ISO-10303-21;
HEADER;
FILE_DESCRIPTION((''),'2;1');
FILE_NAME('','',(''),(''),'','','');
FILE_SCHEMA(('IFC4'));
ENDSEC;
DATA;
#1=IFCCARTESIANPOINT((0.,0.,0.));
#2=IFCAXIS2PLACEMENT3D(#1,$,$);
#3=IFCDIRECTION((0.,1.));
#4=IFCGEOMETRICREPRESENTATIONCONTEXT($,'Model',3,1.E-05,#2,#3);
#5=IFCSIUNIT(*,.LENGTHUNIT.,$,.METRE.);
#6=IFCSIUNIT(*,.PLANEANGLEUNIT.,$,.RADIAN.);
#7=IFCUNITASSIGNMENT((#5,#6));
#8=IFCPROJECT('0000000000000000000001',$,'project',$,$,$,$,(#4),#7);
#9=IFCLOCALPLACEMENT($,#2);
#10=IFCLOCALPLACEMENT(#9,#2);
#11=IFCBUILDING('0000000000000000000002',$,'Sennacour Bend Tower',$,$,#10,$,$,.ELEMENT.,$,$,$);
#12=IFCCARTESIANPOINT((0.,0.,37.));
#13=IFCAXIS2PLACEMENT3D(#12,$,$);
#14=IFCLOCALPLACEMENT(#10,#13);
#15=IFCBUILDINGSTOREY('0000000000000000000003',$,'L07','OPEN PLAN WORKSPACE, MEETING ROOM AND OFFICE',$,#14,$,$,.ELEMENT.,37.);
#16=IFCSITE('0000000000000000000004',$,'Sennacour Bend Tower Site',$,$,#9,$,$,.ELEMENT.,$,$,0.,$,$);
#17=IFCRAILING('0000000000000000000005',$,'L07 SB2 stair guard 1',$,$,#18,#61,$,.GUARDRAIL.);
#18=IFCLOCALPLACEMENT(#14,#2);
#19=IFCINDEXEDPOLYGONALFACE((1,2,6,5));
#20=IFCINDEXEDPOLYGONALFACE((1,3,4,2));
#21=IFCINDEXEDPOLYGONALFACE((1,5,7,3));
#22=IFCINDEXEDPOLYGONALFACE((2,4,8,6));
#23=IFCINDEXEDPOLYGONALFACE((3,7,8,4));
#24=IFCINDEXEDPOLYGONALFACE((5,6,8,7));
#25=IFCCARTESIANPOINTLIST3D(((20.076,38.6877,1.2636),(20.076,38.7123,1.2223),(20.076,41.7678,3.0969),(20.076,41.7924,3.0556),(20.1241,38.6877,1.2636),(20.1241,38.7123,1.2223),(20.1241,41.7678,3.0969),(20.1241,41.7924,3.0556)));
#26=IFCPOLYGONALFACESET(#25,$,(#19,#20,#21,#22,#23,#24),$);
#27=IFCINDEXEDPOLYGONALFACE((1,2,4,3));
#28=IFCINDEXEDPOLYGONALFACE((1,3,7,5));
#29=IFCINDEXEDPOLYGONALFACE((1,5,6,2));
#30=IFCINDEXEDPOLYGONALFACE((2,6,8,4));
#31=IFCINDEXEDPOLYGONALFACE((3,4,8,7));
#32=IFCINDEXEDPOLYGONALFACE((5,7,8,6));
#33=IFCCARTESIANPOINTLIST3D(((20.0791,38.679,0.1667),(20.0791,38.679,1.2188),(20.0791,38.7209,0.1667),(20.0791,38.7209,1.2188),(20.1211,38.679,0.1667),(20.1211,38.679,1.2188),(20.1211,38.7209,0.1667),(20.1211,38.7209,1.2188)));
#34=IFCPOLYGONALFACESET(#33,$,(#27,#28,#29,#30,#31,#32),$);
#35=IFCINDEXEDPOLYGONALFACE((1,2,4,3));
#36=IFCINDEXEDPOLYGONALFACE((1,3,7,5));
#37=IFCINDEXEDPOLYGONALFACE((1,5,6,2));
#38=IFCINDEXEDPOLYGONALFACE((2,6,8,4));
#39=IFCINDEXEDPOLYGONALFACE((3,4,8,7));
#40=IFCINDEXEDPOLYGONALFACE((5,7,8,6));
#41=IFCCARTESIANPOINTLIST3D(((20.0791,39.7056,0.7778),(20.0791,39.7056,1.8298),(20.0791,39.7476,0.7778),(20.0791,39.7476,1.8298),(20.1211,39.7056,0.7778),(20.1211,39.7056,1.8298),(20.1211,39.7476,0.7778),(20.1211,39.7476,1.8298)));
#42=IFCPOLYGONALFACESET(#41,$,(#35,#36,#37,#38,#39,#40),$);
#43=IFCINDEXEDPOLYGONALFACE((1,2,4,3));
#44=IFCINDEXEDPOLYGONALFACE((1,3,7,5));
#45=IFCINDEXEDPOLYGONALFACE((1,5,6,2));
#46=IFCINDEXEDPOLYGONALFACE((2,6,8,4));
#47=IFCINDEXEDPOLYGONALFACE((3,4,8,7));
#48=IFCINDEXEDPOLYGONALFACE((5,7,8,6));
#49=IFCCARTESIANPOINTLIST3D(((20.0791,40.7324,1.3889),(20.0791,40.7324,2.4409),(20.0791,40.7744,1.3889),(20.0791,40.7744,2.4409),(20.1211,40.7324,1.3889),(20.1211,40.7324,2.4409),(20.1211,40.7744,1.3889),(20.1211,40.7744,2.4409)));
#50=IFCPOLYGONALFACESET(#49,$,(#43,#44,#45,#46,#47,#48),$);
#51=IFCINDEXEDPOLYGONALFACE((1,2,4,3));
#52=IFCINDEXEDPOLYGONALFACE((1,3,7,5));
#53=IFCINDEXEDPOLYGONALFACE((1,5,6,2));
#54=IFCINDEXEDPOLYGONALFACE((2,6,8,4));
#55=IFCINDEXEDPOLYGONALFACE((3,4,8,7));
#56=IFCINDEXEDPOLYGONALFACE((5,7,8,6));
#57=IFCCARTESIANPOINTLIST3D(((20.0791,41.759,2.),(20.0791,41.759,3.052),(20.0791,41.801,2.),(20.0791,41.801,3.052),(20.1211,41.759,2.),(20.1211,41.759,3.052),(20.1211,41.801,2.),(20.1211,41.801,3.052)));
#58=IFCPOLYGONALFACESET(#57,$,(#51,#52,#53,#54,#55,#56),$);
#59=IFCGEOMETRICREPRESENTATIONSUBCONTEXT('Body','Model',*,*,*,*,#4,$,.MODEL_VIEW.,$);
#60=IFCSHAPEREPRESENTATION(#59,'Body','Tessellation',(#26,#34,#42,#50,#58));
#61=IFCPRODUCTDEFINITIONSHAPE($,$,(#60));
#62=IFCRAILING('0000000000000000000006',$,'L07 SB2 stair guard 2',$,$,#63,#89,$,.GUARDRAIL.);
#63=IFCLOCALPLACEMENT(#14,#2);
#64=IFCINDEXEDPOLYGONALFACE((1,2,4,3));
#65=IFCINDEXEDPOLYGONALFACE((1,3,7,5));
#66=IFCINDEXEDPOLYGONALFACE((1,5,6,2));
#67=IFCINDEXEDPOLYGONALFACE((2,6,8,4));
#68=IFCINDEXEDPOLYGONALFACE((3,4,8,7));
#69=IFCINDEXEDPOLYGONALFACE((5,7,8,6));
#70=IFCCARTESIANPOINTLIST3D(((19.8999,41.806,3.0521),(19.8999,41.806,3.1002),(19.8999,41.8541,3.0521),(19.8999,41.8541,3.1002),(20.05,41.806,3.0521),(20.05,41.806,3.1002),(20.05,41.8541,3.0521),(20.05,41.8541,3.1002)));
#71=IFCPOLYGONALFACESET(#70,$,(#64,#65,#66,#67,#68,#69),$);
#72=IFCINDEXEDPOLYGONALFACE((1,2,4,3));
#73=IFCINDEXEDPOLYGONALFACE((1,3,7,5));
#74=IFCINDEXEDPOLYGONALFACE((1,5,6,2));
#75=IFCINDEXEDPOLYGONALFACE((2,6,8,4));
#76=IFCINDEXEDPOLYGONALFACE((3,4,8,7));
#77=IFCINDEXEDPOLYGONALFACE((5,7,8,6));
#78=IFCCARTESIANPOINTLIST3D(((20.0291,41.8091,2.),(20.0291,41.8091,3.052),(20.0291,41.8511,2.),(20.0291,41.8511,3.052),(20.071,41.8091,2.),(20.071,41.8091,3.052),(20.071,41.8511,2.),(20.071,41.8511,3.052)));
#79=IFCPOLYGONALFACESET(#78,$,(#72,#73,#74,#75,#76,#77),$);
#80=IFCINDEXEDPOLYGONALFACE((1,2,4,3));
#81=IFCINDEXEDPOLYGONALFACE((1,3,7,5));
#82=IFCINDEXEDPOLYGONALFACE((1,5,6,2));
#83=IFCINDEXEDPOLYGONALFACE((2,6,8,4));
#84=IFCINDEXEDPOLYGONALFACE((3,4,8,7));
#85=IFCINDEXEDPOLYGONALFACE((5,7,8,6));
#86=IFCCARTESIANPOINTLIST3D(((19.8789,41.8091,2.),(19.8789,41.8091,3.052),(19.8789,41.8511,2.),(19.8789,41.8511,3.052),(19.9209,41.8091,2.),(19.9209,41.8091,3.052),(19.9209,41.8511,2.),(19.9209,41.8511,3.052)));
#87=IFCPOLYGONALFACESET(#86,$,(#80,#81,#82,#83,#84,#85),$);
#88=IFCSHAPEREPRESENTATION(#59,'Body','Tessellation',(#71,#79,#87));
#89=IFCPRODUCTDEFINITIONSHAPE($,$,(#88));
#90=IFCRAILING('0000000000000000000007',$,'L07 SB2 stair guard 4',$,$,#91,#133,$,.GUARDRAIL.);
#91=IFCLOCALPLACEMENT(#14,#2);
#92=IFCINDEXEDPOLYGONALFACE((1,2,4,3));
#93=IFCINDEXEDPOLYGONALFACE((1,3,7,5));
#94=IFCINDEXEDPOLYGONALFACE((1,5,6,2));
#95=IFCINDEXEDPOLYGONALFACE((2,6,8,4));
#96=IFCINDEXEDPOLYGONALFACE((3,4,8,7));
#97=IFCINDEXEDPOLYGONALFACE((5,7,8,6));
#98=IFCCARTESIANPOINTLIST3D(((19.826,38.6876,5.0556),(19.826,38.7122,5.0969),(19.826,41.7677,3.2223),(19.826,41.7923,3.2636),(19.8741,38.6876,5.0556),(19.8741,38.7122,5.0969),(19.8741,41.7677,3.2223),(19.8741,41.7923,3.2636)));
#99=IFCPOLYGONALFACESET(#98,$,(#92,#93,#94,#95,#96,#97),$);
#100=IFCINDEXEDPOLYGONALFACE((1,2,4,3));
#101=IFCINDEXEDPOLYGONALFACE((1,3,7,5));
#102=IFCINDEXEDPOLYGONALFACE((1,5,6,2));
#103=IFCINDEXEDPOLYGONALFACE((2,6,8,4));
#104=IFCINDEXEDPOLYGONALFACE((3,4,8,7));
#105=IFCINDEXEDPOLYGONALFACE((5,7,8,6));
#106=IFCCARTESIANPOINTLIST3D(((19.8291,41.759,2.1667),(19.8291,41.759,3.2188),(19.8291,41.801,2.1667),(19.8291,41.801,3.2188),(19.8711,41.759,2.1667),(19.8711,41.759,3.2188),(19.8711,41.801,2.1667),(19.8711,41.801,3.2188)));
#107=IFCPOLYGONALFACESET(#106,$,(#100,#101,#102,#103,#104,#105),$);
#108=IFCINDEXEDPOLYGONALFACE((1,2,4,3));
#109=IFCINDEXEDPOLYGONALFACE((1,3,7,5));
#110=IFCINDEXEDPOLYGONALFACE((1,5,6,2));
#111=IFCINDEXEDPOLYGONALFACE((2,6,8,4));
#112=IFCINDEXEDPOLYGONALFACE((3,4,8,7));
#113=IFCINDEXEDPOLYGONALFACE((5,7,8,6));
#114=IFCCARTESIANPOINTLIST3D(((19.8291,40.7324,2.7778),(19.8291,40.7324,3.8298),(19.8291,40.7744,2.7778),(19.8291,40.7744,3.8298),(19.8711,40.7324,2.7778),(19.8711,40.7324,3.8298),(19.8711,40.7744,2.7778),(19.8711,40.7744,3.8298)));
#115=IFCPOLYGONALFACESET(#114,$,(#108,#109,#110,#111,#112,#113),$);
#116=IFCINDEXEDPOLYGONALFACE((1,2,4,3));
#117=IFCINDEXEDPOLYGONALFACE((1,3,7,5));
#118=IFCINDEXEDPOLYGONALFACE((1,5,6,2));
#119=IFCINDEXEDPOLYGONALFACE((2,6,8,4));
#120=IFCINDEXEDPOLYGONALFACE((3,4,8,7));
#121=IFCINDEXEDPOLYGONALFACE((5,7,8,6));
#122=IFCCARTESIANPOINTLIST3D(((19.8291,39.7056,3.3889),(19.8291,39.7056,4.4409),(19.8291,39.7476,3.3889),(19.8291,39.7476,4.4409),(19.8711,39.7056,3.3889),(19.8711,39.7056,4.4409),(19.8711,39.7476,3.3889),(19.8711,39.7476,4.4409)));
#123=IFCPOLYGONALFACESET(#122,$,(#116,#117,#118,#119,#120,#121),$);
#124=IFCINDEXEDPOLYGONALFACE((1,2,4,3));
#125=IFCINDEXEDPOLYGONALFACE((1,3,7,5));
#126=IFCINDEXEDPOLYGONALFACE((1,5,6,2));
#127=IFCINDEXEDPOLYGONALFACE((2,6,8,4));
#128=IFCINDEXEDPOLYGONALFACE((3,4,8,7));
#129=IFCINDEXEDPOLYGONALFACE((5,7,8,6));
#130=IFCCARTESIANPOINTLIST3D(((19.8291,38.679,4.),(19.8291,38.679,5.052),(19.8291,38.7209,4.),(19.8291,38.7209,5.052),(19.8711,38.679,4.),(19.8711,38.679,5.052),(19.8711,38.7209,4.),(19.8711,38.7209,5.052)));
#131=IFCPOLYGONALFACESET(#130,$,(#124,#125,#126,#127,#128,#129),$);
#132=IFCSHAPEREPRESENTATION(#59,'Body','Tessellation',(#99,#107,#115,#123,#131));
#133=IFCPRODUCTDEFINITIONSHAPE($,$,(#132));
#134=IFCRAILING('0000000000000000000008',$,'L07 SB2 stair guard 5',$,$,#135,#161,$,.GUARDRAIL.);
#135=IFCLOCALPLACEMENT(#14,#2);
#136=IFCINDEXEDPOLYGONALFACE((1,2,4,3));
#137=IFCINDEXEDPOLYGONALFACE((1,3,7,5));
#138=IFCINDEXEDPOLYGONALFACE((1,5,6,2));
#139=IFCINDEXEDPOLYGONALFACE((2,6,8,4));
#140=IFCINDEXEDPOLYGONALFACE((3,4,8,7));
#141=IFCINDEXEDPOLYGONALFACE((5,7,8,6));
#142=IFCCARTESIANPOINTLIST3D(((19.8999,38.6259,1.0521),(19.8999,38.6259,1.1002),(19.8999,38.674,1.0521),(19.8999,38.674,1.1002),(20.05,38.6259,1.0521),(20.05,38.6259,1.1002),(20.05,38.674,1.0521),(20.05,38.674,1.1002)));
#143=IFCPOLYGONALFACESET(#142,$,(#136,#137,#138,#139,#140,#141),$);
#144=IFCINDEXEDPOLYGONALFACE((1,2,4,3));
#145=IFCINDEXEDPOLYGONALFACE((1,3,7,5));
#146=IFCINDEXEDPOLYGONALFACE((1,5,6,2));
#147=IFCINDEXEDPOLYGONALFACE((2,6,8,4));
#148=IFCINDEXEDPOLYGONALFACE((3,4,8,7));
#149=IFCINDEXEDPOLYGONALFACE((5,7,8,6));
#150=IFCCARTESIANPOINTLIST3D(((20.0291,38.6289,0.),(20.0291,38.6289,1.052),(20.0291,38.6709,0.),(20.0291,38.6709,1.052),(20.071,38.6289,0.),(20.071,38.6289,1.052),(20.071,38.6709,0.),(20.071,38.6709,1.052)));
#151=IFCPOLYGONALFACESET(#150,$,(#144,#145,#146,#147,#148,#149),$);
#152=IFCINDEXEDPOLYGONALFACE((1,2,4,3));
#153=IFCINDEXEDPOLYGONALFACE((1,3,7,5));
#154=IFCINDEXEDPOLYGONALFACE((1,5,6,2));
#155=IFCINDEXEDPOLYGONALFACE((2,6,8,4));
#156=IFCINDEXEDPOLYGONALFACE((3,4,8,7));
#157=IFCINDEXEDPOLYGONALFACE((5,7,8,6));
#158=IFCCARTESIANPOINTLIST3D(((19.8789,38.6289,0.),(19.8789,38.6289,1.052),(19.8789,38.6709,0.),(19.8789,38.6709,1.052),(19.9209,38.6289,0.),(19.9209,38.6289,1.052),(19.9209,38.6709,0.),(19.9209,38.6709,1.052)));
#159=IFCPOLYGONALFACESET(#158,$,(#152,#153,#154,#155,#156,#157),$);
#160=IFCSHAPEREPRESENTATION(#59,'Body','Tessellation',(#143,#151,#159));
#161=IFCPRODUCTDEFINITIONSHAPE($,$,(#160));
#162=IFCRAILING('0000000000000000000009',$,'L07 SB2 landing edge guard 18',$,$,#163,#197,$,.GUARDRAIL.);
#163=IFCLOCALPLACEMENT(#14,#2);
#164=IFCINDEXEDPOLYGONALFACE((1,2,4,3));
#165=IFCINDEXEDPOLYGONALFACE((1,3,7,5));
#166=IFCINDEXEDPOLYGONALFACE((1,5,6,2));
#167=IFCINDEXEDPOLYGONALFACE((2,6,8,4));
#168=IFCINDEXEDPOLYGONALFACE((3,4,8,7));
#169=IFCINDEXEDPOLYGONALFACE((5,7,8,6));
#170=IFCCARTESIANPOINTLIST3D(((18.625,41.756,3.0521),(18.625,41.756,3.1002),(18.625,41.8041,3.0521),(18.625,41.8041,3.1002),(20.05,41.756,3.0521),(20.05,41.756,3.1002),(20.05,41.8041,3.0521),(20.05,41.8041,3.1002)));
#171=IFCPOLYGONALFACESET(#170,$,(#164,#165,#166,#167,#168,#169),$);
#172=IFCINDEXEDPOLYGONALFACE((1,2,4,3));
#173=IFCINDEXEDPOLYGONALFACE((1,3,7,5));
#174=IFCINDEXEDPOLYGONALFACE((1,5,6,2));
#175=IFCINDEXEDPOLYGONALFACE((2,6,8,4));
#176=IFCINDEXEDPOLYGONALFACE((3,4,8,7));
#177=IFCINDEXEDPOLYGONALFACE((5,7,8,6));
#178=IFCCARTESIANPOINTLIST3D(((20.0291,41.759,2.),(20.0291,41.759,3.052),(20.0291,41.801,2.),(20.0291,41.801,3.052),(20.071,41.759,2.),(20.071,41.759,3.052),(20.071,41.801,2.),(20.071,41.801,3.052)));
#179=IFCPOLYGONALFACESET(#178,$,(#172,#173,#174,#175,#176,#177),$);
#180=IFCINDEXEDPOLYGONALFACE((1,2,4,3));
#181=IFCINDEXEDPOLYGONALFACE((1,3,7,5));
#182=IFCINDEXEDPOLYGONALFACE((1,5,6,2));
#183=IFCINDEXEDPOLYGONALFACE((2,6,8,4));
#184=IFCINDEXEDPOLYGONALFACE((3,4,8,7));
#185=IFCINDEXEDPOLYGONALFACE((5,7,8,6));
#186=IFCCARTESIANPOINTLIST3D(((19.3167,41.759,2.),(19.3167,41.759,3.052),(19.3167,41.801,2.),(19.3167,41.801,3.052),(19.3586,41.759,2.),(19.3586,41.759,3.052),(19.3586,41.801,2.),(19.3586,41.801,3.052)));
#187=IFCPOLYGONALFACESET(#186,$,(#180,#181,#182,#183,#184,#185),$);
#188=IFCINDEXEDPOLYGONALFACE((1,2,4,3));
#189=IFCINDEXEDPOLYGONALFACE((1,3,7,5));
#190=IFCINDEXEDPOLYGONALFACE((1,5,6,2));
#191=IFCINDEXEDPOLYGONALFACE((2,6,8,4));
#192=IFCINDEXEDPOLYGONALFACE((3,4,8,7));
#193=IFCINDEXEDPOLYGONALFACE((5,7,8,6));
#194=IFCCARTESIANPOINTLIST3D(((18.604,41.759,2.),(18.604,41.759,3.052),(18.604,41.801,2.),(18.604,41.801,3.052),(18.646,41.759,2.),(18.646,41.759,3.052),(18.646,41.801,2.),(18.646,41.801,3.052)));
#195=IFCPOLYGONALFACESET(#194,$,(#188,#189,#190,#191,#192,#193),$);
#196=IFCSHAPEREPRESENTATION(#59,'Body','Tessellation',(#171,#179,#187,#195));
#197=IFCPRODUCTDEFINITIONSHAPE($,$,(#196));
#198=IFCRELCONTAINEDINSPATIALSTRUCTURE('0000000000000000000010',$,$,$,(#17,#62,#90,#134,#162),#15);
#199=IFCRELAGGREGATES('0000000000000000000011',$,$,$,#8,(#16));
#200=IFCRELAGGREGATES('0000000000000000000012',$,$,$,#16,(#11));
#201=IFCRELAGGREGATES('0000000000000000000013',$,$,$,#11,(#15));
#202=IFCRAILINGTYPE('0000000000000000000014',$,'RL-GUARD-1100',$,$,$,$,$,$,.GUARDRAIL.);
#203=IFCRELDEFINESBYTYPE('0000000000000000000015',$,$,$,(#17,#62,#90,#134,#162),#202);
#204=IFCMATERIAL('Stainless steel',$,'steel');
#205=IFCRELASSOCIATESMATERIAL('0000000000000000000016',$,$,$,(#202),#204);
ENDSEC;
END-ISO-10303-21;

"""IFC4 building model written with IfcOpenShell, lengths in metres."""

from ifc_helpers import new_model, si_unit, direction, frame, origin, origin_2d, place, context, subcontext, project, spatial, rectangle, extrude, material, type_object, element, save


model = new_model("IFC4")

# Units and contexts
model_context = context("Model", 3, precision=1e-05, world=origin(), true_north=direction((0.0, 1.0)))
body_context = subcontext(model_context, "Body", "Model", "MODEL_VIEW")
ifc_project = project(units=[si_unit("LENGTHUNIT", "METRE"), si_unit("PLANEANGLEUNIT", "RADIAN")], contexts=[model_context])

# Site, building, storey
site_placement = place(None, origin())
site = spatial("IfcSite", under=ifc_project, at=site_placement, Name="Sennacour Bend Tower Site", CompositionType="ELEMENT", RefElevation=0.0)
building_placement = place(site_placement, origin())
building = spatial("IfcBuilding", under=site, at=building_placement, Name="Sennacour Bend Tower", CompositionType="ELEMENT")
storey_placement = place(building_placement, frame((0.0, 0.0, 37.0)))
storey = spatial("IfcBuildingStorey", under=building, at=storey_placement, Name="L07", Description="OPEN PLAN WORKSPACE, MEETING ROOM AND OFFICE", CompositionType="ELEMENT", Elevation=37.0)

# Shared definitions
ifc_material_1 = material(Name="Stainless steel", Category="steel")

# Railings
railing_type_1 = type_object("IfcRailingType", Name="RL-GUARD-1100", PredefinedType="GUARDRAIL", material=ifc_material_1)
railing_1_placement = place(storey_placement, frame((20.1001, 38.7, 0.1667)))
element("IfcRailing", 1, at=railing_1_placement, inside=storey, type_object=railing_type_1, Name="L07 SB2 stair guard 1", PredefinedType="GUARDRAIL", context=body_context, shape_type="SweptSolid", body=[
    extrude(rectangle(XDim=0.0481, YDim=0.0481, at=origin_2d()), frame((0.0, 0.0, 1.0762), z_axis=(0.0, 0.859309, 0.511458), x_axis=(-1.0, 0.0, 0.0)), (0.0, 0.0, 1.0), 3.5845),
    extrude(rectangle(XDim=0.042, YDim=0.042, at=origin_2d()), origin(), (0.0, 0.0, 1.0), 1.052),
    extrude(rectangle(XDim=0.042, YDim=0.042, at=origin_2d()), frame((0.0, 1.0266, 0.6111)), (0.0, 0.0, 1.0), 1.052),
    extrude(rectangle(XDim=0.042, YDim=0.042, at=origin_2d()), frame((0.0, 2.0535, 1.2222)), (0.0, 0.0, 1.0), 1.052),
    extrude(rectangle(XDim=0.042, YDim=0.042, at=origin_2d()), frame((0.0, 3.0801, 1.8333)), (0.0, 0.0, 1.0), 1.052),
])
railing_2_placement = place(storey_placement, frame((20.05, 41.8301, 2.0)))
element("IfcRailing", 2, at=railing_2_placement, inside=storey, type_object=railing_type_1, Name="L07 SB2 stair guard 2", PredefinedType="GUARDRAIL", context=body_context, shape_type="SweptSolid", body=[
    extrude(rectangle(XDim=0.0481, YDim=0.0481, at=origin_2d()), frame((0.0, 0.0, 1.0762), z_axis=(-1.0, 0.0, 0.0), x_axis=(0.0, -1.0, 0.0)), (0.0, 0.0, 1.0), 0.1501),
    extrude(rectangle(XDim=0.042, YDim=0.042, at=origin_2d()), origin(), (0.0, 0.0, 1.0), 1.052),
    extrude(rectangle(XDim=0.042, YDim=0.042, at=origin_2d()), frame((-0.1501, 0.0, 0.0)), (0.0, 0.0, 1.0), 1.052),
])
railing_3_placement = place(storey_placement, frame((19.8501, 41.78, 2.1667)))
element("IfcRailing", 3, at=railing_3_placement, inside=storey, type_object=railing_type_1, Name="L07 SB2 stair guard 4", PredefinedType="GUARDRAIL", context=body_context, shape_type="SweptSolid", body=[
    extrude(rectangle(XDim=0.0481, YDim=0.0481, at=origin_2d()), frame((0.0, 0.0, 1.0762), z_axis=(0.0, -0.859309, 0.511458), x_axis=(1.0, 0.0, 0.0)), (0.0, 0.0, 1.0), 3.5845),
    extrude(rectangle(XDim=0.042, YDim=0.042, at=origin_2d()), origin(), (0.0, 0.0, 1.0), 1.052),
    extrude(rectangle(XDim=0.042, YDim=0.042, at=origin_2d()), frame((0.0, -1.0266, 0.6111)), (0.0, 0.0, 1.0), 1.052),
    extrude(rectangle(XDim=0.042, YDim=0.042, at=origin_2d()), frame((0.0, -2.0535, 1.2222)), (0.0, 0.0, 1.0), 1.052),
    extrude(rectangle(XDim=0.042, YDim=0.042, at=origin_2d()), frame((0.0, -3.0801, 1.8333)), (0.0, 0.0, 1.0), 1.052),
])
railing_4_placement = place(storey_placement, frame((20.05, 38.6499, 0.0)))
element("IfcRailing", 4, at=railing_4_placement, inside=storey, type_object=railing_type_1, Name="L07 SB2 stair guard 5", PredefinedType="GUARDRAIL", context=body_context, shape_type="SweptSolid", body=[
    extrude(rectangle(XDim=0.0481, YDim=0.0481, at=origin_2d()), frame((0.0, 0.0, 1.0762), z_axis=(-1.0, 0.0, 0.0), x_axis=(0.0, -1.0, 0.0)), (0.0, 0.0, 1.0), 0.1501),
    extrude(rectangle(XDim=0.042, YDim=0.042, at=origin_2d()), origin(), (0.0, 0.0, 1.0), 1.052),
    extrude(rectangle(XDim=0.042, YDim=0.042, at=origin_2d()), frame((-0.1501, 0.0, 0.0)), (0.0, 0.0, 1.0), 1.052),
])
railing_5_placement = place(storey_placement, frame((20.05, 41.78, 2.0)))
element("IfcRailing", 5, at=railing_5_placement, inside=storey, type_object=railing_type_1, Name="L07 SB2 landing edge guard 18", PredefinedType="GUARDRAIL", context=body_context, shape_type="SweptSolid", body=[
    extrude(rectangle(XDim=0.0481, YDim=0.0481, at=origin_2d()), frame((0.0, 0.0, 1.0762), z_axis=(-1.0, 0.0, 0.0), x_axis=(0.0, -1.0, 0.0)), (0.0, 0.0, 1.0), 1.425),
    extrude(rectangle(XDim=0.042, YDim=0.042, at=origin_2d()), origin(), (0.0, 0.0, 1.0), 1.052),
    extrude(rectangle(XDim=0.042, YDim=0.042, at=origin_2d()), frame((-0.7124, 0.0, 0.0)), (0.0, 0.0, 1.0), 1.052),
    extrude(rectangle(XDim=0.042, YDim=0.042, at=origin_2d()), frame((-1.425, 0.0, 0.0)), (0.0, 0.0, 1.0), 1.052),
])

save(model, "model.ifc")
